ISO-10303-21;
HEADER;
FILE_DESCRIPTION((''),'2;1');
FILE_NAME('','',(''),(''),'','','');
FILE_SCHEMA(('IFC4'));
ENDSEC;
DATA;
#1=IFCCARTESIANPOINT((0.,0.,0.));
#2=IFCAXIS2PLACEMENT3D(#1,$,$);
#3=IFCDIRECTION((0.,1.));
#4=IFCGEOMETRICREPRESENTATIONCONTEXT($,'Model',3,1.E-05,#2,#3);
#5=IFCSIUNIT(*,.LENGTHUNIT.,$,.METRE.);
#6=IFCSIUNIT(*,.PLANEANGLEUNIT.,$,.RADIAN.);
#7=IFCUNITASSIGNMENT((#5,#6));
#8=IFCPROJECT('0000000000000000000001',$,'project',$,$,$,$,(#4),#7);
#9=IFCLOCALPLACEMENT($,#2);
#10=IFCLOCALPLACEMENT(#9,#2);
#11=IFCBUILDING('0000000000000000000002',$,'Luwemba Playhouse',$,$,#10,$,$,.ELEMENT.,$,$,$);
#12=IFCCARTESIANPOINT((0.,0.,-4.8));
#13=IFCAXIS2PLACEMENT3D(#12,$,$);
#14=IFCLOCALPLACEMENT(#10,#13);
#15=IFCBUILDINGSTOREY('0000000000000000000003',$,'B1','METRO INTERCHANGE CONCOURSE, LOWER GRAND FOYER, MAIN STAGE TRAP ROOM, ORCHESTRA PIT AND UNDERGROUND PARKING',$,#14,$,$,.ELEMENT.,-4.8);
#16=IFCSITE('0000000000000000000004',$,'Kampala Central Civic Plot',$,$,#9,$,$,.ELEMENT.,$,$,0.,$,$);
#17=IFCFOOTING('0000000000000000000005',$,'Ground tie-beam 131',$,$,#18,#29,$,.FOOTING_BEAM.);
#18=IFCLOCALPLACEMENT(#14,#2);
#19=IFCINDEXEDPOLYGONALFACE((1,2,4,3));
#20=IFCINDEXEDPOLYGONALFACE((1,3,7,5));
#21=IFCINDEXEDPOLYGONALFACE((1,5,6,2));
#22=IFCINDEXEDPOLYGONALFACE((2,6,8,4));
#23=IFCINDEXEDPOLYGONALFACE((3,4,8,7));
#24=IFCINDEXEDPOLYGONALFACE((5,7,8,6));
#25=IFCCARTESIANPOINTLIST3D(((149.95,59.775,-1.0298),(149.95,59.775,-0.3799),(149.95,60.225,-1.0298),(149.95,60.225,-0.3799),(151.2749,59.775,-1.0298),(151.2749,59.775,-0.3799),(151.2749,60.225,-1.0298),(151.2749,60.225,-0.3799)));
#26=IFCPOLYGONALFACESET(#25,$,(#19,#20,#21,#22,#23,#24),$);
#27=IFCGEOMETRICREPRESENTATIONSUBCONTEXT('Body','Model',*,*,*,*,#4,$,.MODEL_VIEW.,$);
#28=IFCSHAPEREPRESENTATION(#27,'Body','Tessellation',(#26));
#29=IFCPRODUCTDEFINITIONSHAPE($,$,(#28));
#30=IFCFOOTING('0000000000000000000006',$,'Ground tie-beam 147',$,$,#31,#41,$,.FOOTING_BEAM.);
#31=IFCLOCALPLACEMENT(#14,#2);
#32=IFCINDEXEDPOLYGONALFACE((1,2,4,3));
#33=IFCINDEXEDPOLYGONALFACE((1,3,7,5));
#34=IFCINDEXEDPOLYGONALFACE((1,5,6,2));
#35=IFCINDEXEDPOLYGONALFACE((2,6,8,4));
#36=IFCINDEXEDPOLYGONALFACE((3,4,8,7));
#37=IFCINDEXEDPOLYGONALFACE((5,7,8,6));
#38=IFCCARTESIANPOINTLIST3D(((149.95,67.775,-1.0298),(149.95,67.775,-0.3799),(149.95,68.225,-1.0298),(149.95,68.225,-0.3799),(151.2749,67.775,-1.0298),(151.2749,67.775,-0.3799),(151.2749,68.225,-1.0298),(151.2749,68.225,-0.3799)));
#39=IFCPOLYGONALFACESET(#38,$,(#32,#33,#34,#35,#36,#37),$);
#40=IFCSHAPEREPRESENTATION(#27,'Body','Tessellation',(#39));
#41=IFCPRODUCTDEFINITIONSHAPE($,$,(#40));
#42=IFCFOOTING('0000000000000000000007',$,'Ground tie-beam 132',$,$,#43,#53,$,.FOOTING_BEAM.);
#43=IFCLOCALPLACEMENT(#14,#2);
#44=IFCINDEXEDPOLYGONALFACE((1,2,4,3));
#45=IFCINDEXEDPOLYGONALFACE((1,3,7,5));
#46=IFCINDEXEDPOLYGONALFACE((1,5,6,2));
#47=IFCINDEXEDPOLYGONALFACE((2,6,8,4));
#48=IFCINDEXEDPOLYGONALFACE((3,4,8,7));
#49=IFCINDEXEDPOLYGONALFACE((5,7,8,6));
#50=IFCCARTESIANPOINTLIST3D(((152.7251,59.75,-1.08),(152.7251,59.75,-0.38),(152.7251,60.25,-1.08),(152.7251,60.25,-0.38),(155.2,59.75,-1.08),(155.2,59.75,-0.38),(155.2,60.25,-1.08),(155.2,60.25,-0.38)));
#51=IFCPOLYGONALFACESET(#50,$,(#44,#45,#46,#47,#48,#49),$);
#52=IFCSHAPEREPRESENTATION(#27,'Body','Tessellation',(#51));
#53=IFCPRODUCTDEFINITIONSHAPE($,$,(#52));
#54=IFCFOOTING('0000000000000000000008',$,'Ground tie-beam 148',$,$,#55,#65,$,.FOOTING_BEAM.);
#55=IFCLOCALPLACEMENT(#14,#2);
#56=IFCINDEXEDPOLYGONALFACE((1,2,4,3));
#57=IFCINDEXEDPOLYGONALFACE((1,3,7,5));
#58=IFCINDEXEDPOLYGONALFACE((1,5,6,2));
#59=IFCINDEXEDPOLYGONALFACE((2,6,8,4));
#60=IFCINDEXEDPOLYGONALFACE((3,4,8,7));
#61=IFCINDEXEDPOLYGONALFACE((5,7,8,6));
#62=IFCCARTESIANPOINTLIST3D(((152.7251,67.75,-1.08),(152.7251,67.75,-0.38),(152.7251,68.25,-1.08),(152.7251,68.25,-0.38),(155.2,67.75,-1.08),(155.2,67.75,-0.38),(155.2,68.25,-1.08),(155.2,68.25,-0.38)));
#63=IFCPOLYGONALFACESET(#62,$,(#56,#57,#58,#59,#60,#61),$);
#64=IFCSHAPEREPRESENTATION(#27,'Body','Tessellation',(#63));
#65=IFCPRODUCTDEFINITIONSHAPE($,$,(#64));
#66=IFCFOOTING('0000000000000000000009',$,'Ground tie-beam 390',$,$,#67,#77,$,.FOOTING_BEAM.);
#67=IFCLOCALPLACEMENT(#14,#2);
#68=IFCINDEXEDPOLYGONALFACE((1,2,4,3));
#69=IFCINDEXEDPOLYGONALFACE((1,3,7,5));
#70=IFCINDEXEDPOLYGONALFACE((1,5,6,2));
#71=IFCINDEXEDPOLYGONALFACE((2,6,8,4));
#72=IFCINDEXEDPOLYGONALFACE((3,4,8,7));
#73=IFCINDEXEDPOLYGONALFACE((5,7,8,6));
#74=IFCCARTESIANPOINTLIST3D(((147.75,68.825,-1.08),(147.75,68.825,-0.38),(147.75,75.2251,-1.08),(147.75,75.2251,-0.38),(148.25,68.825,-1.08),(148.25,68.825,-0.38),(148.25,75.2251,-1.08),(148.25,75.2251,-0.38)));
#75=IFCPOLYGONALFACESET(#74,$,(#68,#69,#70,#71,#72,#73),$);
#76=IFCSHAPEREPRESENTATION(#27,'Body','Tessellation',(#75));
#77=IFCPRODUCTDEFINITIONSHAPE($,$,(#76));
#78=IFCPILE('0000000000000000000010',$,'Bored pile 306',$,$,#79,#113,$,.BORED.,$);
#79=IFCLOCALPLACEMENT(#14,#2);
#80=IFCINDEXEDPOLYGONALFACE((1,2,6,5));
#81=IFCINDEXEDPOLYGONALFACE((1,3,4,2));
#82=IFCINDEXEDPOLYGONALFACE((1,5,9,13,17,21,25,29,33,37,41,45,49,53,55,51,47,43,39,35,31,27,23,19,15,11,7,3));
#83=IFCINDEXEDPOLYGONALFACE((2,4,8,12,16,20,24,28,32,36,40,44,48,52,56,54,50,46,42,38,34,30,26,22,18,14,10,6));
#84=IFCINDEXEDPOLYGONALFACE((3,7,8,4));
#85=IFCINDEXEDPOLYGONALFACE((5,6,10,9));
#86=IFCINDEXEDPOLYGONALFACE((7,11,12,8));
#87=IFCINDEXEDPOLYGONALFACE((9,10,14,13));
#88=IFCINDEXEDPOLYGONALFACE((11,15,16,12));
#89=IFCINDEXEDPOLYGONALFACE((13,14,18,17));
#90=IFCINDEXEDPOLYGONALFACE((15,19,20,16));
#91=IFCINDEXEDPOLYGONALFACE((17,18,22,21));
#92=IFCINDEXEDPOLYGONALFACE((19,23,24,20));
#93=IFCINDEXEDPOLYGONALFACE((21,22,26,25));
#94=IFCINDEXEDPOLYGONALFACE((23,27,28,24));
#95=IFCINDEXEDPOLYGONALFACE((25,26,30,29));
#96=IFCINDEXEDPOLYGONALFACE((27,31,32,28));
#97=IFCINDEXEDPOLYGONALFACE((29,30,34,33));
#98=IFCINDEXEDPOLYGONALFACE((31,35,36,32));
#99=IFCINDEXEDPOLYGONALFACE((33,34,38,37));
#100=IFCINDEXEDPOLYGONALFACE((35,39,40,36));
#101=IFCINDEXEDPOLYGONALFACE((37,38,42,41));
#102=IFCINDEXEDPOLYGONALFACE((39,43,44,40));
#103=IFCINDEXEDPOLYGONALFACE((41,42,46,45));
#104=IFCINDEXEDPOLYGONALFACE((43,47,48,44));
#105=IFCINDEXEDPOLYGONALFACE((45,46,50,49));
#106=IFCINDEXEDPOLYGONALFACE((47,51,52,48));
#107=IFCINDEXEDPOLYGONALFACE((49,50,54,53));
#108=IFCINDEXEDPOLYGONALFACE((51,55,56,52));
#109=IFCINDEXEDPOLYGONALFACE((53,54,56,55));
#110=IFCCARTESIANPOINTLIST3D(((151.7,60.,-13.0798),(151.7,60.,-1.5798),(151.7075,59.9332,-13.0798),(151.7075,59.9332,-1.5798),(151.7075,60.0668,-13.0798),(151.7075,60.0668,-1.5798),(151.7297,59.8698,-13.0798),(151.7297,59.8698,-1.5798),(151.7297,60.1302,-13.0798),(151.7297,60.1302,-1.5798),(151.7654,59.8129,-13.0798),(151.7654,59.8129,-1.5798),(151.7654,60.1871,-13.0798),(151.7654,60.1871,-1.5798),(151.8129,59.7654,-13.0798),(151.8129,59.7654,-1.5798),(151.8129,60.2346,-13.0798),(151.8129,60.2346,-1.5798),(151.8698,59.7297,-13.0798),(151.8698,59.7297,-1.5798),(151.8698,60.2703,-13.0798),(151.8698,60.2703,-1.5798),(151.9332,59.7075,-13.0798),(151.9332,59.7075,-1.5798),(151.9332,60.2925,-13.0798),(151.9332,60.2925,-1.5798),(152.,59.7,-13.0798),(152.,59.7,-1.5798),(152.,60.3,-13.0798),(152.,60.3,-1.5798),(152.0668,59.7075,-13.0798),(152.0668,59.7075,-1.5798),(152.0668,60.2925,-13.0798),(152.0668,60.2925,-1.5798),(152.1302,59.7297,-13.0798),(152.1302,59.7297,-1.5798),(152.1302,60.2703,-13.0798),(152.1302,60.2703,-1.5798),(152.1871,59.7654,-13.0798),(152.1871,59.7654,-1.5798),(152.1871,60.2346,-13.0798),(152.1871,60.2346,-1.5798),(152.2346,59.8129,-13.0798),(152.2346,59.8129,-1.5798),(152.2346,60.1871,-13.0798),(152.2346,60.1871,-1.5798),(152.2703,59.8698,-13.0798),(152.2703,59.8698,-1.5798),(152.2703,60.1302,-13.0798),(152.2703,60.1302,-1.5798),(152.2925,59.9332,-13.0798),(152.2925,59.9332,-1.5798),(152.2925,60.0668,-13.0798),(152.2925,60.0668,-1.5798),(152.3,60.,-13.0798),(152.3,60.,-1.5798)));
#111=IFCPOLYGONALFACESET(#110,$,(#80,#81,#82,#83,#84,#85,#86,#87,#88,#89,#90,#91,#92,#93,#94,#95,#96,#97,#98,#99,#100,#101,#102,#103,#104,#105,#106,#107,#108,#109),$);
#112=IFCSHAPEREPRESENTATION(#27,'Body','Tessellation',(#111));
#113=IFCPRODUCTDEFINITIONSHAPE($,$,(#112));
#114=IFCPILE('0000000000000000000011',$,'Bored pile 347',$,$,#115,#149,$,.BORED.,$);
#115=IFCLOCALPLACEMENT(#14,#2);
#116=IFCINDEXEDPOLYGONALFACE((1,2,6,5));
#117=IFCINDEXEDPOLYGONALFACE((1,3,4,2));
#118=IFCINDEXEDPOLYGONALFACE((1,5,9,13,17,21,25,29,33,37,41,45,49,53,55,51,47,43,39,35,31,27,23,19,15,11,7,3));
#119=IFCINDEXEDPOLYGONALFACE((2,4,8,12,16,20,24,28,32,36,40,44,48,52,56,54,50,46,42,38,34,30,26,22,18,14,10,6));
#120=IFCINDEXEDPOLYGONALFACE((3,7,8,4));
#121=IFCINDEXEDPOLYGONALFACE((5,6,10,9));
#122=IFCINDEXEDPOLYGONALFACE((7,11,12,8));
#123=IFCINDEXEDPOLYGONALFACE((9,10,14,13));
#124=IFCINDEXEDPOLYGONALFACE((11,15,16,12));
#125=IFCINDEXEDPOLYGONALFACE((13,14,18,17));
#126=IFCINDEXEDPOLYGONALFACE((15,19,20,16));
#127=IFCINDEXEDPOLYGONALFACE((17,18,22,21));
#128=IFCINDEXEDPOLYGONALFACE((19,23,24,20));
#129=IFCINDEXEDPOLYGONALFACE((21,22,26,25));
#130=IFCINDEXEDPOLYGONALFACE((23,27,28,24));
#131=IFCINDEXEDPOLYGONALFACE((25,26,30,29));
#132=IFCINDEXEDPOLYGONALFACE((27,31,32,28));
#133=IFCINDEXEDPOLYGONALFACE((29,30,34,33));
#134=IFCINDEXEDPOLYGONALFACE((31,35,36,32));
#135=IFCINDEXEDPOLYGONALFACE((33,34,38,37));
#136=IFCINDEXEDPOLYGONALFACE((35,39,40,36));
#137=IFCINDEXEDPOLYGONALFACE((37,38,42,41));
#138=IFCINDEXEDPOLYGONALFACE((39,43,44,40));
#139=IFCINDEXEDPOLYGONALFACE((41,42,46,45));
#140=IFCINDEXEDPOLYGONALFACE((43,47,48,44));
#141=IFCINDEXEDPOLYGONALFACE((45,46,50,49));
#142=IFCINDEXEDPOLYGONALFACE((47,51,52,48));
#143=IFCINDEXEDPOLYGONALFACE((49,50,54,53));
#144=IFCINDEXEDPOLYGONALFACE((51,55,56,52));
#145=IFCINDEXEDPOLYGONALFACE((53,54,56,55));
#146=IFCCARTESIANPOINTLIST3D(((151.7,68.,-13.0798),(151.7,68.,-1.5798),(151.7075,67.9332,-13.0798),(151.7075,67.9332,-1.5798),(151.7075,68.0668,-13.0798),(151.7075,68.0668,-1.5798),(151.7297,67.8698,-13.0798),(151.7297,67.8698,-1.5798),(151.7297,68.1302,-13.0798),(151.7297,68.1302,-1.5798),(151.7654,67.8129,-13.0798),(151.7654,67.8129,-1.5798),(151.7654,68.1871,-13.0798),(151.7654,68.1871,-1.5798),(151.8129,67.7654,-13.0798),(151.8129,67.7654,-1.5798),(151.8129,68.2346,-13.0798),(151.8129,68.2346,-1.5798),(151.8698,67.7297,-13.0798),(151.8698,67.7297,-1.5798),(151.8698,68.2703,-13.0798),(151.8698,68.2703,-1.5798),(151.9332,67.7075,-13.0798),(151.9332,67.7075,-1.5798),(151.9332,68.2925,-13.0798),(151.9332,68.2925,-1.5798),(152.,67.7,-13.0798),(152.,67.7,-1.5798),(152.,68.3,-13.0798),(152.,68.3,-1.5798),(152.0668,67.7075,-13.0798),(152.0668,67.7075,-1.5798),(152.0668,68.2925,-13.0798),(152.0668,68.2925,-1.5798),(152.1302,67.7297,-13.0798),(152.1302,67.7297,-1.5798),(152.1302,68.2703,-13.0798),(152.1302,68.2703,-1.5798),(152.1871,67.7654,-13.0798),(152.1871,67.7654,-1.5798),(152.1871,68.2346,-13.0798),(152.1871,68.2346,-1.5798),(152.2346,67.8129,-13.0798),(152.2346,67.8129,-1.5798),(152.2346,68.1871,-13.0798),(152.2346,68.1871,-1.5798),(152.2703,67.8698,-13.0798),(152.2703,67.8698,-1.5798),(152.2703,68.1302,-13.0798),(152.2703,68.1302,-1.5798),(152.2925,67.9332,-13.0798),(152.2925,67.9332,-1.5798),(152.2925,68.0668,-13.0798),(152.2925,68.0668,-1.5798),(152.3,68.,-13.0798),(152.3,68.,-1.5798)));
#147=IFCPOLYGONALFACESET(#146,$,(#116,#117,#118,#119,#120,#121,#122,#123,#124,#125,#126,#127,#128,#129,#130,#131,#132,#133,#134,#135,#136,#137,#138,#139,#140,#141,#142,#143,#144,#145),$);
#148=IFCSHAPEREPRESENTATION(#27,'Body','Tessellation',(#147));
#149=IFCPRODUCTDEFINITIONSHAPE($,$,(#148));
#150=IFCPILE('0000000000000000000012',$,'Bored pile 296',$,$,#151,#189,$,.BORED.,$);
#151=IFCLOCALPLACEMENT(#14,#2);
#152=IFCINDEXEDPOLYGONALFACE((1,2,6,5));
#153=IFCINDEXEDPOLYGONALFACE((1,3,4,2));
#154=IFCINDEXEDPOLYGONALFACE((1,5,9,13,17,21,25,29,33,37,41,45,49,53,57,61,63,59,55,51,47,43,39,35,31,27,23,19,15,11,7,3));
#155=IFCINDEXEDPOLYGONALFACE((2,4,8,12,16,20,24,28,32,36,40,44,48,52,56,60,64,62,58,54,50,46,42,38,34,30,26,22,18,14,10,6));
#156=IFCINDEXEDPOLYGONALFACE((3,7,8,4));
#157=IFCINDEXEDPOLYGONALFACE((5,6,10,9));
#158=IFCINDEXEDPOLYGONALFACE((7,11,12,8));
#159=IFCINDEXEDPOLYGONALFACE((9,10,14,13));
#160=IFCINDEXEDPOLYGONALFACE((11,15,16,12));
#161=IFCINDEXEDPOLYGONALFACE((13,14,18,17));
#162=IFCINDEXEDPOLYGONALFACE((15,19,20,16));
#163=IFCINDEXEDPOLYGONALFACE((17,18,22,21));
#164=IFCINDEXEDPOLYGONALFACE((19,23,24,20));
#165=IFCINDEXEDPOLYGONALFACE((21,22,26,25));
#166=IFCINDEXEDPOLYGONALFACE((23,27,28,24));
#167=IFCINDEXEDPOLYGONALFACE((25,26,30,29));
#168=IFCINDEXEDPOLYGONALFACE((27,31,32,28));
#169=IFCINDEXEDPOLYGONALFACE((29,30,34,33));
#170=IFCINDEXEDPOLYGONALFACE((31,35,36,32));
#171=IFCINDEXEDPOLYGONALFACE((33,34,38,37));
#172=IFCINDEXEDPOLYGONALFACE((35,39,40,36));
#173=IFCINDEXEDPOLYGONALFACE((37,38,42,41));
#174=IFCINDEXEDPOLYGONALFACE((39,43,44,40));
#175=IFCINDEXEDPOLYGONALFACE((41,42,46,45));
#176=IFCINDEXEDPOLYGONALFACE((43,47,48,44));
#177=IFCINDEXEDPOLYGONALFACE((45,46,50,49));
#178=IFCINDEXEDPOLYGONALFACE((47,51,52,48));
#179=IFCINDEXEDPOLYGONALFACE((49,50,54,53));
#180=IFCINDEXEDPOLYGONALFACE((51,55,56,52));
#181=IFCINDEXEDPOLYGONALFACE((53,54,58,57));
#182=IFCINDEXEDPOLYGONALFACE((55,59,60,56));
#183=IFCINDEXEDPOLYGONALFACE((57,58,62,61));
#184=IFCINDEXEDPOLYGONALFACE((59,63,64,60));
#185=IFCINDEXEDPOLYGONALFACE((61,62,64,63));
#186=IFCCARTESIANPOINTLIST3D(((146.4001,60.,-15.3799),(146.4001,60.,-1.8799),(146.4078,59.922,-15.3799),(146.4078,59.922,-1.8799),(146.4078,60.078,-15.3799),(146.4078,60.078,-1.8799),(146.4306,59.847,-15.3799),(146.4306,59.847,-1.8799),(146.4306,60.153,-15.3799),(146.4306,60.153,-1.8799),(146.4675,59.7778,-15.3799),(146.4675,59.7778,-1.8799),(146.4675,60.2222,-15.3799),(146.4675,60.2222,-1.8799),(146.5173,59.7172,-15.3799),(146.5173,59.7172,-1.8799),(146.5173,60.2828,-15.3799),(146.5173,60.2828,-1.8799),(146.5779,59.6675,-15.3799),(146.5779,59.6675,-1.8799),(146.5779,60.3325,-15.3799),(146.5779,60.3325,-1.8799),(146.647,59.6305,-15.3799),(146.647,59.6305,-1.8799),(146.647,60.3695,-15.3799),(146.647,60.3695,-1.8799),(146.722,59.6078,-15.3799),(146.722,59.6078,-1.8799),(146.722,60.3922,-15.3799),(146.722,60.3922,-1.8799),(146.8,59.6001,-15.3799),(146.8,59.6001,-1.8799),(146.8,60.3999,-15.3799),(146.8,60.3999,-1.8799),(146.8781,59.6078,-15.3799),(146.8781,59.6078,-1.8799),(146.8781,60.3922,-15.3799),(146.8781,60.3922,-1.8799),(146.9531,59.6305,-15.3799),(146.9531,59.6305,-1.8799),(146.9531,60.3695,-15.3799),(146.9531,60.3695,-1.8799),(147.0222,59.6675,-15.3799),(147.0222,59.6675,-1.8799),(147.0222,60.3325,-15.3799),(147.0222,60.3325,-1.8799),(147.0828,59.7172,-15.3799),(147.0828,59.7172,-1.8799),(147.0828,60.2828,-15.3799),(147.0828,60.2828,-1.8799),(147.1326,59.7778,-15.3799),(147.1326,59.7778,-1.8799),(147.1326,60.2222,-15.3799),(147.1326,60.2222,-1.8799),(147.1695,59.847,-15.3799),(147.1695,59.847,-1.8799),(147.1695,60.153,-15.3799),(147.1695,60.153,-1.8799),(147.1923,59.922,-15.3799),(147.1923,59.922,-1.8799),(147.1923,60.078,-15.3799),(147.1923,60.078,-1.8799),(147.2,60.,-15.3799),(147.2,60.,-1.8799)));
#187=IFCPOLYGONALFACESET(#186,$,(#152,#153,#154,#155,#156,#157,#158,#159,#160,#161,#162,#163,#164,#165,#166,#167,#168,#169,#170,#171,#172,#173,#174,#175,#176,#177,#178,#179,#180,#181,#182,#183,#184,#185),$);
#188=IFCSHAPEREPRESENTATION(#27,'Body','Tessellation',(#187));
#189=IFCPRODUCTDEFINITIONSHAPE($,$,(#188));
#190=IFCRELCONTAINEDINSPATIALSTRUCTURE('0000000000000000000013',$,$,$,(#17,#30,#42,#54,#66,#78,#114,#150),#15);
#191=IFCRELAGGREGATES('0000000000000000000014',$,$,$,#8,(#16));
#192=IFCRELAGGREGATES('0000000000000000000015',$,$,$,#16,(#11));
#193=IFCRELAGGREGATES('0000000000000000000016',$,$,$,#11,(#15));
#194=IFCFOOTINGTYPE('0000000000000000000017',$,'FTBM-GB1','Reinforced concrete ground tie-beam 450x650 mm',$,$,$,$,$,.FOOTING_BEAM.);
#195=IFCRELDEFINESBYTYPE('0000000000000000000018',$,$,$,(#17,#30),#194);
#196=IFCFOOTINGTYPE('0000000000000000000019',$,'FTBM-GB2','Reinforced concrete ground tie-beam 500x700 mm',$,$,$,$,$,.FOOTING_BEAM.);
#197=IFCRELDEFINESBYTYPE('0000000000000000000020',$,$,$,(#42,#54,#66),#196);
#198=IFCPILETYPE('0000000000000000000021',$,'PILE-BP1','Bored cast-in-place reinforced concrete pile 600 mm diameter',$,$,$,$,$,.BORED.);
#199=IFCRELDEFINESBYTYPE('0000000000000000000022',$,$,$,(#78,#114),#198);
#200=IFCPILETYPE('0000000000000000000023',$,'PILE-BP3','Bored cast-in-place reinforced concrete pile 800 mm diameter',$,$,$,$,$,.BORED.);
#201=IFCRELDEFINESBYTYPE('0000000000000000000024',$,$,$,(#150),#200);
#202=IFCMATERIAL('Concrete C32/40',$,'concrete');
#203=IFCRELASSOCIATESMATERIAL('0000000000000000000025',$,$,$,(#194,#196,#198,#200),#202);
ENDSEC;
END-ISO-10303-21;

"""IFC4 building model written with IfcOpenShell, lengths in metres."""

from ifc_helpers import new_model, si_unit, direction, frame, origin, origin_2d, place, context, subcontext, project, spatial, rectangle, circle, extrude, material, material_profile, profile_set, type_object, element, save


model = new_model("IFC4")

# Units and contexts
model_context = context("Model", 3, precision=1e-05, world=origin(), true_north=direction((0.0, 1.0)))
body_context = subcontext(model_context, "Body", "Model", "MODEL_VIEW")
ifc_project = project(units=[si_unit("LENGTHUNIT", "METRE"), si_unit("PLANEANGLEUNIT", "RADIAN")], contexts=[model_context])

# Site, building, storey
site_placement = place(None, origin())
site = spatial("IfcSite", under=ifc_project, at=site_placement, Name="Kampala Central Civic Plot", CompositionType="ELEMENT", RefElevation=0.0)
building_placement = place(site_placement, origin())
building = spatial("IfcBuilding", under=site, at=building_placement, Name="Luwemba Playhouse", CompositionType="ELEMENT")
storey_placement = place(building_placement, frame((0.0, 0.0, -4.8)))
storey = spatial("IfcBuildingStorey", under=building, at=storey_placement, Name="B1", Description="METRO INTERCHANGE CONCOURSE, LOWER GRAND FOYER, MAIN STAGE TRAP ROOM, ORCHESTRA PIT AND UNDERGROUND PARKING", CompositionType="ELEMENT", Elevation=-4.8)

# Footings
ifc_material_1 = material(Name="Concrete C32/40", Category="concrete")
ifc_material_profile_1 = material_profile(ifc_material_1, rectangle(XDim=0.45, YDim=0.6499, at=origin_2d()))
ifc_profile_set_1 = profile_set([ifc_material_profile_1], Name="Concrete C32/40")
footing_type_1 = type_object("IfcFootingType", Name="FTBM-GB1", Description="Reinforced concrete ground tie-beam 450x650 mm", PredefinedType="FOOTING_BEAM", material=ifc_profile_set_1)
for number, where, z_axis, x_axis, name in (
    (1, (149.95, 60.0, -0.7048), (1.0, 0.0, 0.0), (0.0, 1.0, 0.0), "Ground tie-beam 131"),
    (2, (149.95, 68.0, -0.7048), (1.0, 0.0, 0.0), (0.0, 1.0, 0.0), "Ground tie-beam 147"),
):
    element("IfcFooting", number, at=place(storey_placement, frame(where, z_axis=z_axis, x_axis=x_axis)), inside=storey, type_object=footing_type_1, Name=name, PredefinedType="FOOTING_BEAM", context=body_context, shape_type="SweptSolid", body=[
        extrude(rectangle(XDim=0.45, YDim=0.6499, at=origin_2d()), origin(), (0.0, 0.0, 1.0), 1.325),
    ])
ifc_material_profile_2 = material_profile(ifc_material_1, rectangle(XDim=0.5, YDim=0.7, at=origin_2d()))
ifc_profile_set_2 = profile_set([ifc_material_profile_2], Name="Concrete C32/40")
footing_type_2 = type_object("IfcFootingType", Name="FTBM-GB2", Description="Reinforced concrete ground tie-beam 500x700 mm", PredefinedType="FOOTING_BEAM", material=ifc_profile_set_2)
for number, where, z_axis, x_axis, name in (
    (3, (152.7251, 60.0, -0.73), (1.0, 0.0, 0.0), (0.0, 1.0, 0.0), "Ground tie-beam 132"),
    (4, (152.7251, 68.0, -0.73), (1.0, 0.0, 0.0), (0.0, 1.0, 0.0), "Ground tie-beam 148"),
):
    element("IfcFooting", number, at=place(storey_placement, frame(where, z_axis=z_axis, x_axis=x_axis)), inside=storey, type_object=footing_type_2, Name=name, PredefinedType="FOOTING_BEAM", context=body_context, shape_type="SweptSolid", body=[
        extrude(rectangle(XDim=0.5, YDim=0.7, at=origin_2d()), origin(), (0.0, 0.0, 1.0), 2.4749),
    ])
footing_placement = place(storey_placement, frame((148.0, 68.825, -0.73), z_axis=(0.0, 1.0, 0.0), x_axis=(-1.0, 0.0, 0.0)))
element("IfcFooting", 5, at=footing_placement, inside=storey, type_object=footing_type_2, Name="Ground tie-beam 390", PredefinedType="FOOTING_BEAM", context=body_context, shape_type="SweptSolid", body=[
    extrude(rectangle(XDim=0.5, YDim=0.7, at=origin_2d()), origin(), (0.0, 0.0, 1.0), 6.4001),
])

# Piles
ifc_material_profile_3 = material_profile(ifc_material_1, circle(Radius=0.3, at=origin_2d()))
ifc_profile_set_3 = profile_set([ifc_material_profile_3], Name="Concrete C32/40")
pile_type_1 = type_object("IfcPileType", Name="PILE-BP1", Description="Bored cast-in-place reinforced concrete pile 600 mm diameter", PredefinedType="BORED", material=ifc_profile_set_3)
for number, where, z_axis, x_axis, name in (
    (6, (152.0, 60.0, -1.5798), (0.0, 0.0, -1.0), (1.0, 0.0, 0.0), "Bored pile 306"),
    (7, (152.0, 68.0, -1.5798), (0.0, 0.0, -1.0), (1.0, 0.0, 0.0), "Bored pile 347"),
):
    element("IfcPile", number, at=place(storey_placement, frame(where, z_axis=z_axis, x_axis=x_axis)), inside=storey, type_object=pile_type_1, Name=name, PredefinedType="BORED", context=body_context, shape_type="SweptSolid", body=[
        extrude(circle(Radius=0.3, at=origin_2d()), origin(), (0.0, 0.0, 1.0), 11.5),
    ])
ifc_material_profile_4 = material_profile(ifc_material_1, circle(Radius=0.3999, at=origin_2d()))
ifc_profile_set_4 = profile_set([ifc_material_profile_4], Name="Concrete C32/40")
pile_type_2 = type_object("IfcPileType", Name="PILE-BP3", Description="Bored cast-in-place reinforced concrete pile 800 mm diameter", PredefinedType="BORED", material=ifc_profile_set_4)
for number, where, z_axis, x_axis, name in (
    (8, (146.8, 60.0, -1.8799), (0.0, 0.0, -1.0), (1.0, 0.0, 0.0), "Bored pile 296"),
):
    element("IfcPile", number, at=place(storey_placement, frame(where, z_axis=z_axis, x_axis=x_axis)), inside=storey, type_object=pile_type_2, Name=name, PredefinedType="BORED", context=body_context, shape_type="SweptSolid", body=[
        extrude(circle(Radius=0.3999, at=origin_2d()), origin(), (0.0, 0.0, 1.0), 13.5),
    ])

save(model, "model.ifc")
